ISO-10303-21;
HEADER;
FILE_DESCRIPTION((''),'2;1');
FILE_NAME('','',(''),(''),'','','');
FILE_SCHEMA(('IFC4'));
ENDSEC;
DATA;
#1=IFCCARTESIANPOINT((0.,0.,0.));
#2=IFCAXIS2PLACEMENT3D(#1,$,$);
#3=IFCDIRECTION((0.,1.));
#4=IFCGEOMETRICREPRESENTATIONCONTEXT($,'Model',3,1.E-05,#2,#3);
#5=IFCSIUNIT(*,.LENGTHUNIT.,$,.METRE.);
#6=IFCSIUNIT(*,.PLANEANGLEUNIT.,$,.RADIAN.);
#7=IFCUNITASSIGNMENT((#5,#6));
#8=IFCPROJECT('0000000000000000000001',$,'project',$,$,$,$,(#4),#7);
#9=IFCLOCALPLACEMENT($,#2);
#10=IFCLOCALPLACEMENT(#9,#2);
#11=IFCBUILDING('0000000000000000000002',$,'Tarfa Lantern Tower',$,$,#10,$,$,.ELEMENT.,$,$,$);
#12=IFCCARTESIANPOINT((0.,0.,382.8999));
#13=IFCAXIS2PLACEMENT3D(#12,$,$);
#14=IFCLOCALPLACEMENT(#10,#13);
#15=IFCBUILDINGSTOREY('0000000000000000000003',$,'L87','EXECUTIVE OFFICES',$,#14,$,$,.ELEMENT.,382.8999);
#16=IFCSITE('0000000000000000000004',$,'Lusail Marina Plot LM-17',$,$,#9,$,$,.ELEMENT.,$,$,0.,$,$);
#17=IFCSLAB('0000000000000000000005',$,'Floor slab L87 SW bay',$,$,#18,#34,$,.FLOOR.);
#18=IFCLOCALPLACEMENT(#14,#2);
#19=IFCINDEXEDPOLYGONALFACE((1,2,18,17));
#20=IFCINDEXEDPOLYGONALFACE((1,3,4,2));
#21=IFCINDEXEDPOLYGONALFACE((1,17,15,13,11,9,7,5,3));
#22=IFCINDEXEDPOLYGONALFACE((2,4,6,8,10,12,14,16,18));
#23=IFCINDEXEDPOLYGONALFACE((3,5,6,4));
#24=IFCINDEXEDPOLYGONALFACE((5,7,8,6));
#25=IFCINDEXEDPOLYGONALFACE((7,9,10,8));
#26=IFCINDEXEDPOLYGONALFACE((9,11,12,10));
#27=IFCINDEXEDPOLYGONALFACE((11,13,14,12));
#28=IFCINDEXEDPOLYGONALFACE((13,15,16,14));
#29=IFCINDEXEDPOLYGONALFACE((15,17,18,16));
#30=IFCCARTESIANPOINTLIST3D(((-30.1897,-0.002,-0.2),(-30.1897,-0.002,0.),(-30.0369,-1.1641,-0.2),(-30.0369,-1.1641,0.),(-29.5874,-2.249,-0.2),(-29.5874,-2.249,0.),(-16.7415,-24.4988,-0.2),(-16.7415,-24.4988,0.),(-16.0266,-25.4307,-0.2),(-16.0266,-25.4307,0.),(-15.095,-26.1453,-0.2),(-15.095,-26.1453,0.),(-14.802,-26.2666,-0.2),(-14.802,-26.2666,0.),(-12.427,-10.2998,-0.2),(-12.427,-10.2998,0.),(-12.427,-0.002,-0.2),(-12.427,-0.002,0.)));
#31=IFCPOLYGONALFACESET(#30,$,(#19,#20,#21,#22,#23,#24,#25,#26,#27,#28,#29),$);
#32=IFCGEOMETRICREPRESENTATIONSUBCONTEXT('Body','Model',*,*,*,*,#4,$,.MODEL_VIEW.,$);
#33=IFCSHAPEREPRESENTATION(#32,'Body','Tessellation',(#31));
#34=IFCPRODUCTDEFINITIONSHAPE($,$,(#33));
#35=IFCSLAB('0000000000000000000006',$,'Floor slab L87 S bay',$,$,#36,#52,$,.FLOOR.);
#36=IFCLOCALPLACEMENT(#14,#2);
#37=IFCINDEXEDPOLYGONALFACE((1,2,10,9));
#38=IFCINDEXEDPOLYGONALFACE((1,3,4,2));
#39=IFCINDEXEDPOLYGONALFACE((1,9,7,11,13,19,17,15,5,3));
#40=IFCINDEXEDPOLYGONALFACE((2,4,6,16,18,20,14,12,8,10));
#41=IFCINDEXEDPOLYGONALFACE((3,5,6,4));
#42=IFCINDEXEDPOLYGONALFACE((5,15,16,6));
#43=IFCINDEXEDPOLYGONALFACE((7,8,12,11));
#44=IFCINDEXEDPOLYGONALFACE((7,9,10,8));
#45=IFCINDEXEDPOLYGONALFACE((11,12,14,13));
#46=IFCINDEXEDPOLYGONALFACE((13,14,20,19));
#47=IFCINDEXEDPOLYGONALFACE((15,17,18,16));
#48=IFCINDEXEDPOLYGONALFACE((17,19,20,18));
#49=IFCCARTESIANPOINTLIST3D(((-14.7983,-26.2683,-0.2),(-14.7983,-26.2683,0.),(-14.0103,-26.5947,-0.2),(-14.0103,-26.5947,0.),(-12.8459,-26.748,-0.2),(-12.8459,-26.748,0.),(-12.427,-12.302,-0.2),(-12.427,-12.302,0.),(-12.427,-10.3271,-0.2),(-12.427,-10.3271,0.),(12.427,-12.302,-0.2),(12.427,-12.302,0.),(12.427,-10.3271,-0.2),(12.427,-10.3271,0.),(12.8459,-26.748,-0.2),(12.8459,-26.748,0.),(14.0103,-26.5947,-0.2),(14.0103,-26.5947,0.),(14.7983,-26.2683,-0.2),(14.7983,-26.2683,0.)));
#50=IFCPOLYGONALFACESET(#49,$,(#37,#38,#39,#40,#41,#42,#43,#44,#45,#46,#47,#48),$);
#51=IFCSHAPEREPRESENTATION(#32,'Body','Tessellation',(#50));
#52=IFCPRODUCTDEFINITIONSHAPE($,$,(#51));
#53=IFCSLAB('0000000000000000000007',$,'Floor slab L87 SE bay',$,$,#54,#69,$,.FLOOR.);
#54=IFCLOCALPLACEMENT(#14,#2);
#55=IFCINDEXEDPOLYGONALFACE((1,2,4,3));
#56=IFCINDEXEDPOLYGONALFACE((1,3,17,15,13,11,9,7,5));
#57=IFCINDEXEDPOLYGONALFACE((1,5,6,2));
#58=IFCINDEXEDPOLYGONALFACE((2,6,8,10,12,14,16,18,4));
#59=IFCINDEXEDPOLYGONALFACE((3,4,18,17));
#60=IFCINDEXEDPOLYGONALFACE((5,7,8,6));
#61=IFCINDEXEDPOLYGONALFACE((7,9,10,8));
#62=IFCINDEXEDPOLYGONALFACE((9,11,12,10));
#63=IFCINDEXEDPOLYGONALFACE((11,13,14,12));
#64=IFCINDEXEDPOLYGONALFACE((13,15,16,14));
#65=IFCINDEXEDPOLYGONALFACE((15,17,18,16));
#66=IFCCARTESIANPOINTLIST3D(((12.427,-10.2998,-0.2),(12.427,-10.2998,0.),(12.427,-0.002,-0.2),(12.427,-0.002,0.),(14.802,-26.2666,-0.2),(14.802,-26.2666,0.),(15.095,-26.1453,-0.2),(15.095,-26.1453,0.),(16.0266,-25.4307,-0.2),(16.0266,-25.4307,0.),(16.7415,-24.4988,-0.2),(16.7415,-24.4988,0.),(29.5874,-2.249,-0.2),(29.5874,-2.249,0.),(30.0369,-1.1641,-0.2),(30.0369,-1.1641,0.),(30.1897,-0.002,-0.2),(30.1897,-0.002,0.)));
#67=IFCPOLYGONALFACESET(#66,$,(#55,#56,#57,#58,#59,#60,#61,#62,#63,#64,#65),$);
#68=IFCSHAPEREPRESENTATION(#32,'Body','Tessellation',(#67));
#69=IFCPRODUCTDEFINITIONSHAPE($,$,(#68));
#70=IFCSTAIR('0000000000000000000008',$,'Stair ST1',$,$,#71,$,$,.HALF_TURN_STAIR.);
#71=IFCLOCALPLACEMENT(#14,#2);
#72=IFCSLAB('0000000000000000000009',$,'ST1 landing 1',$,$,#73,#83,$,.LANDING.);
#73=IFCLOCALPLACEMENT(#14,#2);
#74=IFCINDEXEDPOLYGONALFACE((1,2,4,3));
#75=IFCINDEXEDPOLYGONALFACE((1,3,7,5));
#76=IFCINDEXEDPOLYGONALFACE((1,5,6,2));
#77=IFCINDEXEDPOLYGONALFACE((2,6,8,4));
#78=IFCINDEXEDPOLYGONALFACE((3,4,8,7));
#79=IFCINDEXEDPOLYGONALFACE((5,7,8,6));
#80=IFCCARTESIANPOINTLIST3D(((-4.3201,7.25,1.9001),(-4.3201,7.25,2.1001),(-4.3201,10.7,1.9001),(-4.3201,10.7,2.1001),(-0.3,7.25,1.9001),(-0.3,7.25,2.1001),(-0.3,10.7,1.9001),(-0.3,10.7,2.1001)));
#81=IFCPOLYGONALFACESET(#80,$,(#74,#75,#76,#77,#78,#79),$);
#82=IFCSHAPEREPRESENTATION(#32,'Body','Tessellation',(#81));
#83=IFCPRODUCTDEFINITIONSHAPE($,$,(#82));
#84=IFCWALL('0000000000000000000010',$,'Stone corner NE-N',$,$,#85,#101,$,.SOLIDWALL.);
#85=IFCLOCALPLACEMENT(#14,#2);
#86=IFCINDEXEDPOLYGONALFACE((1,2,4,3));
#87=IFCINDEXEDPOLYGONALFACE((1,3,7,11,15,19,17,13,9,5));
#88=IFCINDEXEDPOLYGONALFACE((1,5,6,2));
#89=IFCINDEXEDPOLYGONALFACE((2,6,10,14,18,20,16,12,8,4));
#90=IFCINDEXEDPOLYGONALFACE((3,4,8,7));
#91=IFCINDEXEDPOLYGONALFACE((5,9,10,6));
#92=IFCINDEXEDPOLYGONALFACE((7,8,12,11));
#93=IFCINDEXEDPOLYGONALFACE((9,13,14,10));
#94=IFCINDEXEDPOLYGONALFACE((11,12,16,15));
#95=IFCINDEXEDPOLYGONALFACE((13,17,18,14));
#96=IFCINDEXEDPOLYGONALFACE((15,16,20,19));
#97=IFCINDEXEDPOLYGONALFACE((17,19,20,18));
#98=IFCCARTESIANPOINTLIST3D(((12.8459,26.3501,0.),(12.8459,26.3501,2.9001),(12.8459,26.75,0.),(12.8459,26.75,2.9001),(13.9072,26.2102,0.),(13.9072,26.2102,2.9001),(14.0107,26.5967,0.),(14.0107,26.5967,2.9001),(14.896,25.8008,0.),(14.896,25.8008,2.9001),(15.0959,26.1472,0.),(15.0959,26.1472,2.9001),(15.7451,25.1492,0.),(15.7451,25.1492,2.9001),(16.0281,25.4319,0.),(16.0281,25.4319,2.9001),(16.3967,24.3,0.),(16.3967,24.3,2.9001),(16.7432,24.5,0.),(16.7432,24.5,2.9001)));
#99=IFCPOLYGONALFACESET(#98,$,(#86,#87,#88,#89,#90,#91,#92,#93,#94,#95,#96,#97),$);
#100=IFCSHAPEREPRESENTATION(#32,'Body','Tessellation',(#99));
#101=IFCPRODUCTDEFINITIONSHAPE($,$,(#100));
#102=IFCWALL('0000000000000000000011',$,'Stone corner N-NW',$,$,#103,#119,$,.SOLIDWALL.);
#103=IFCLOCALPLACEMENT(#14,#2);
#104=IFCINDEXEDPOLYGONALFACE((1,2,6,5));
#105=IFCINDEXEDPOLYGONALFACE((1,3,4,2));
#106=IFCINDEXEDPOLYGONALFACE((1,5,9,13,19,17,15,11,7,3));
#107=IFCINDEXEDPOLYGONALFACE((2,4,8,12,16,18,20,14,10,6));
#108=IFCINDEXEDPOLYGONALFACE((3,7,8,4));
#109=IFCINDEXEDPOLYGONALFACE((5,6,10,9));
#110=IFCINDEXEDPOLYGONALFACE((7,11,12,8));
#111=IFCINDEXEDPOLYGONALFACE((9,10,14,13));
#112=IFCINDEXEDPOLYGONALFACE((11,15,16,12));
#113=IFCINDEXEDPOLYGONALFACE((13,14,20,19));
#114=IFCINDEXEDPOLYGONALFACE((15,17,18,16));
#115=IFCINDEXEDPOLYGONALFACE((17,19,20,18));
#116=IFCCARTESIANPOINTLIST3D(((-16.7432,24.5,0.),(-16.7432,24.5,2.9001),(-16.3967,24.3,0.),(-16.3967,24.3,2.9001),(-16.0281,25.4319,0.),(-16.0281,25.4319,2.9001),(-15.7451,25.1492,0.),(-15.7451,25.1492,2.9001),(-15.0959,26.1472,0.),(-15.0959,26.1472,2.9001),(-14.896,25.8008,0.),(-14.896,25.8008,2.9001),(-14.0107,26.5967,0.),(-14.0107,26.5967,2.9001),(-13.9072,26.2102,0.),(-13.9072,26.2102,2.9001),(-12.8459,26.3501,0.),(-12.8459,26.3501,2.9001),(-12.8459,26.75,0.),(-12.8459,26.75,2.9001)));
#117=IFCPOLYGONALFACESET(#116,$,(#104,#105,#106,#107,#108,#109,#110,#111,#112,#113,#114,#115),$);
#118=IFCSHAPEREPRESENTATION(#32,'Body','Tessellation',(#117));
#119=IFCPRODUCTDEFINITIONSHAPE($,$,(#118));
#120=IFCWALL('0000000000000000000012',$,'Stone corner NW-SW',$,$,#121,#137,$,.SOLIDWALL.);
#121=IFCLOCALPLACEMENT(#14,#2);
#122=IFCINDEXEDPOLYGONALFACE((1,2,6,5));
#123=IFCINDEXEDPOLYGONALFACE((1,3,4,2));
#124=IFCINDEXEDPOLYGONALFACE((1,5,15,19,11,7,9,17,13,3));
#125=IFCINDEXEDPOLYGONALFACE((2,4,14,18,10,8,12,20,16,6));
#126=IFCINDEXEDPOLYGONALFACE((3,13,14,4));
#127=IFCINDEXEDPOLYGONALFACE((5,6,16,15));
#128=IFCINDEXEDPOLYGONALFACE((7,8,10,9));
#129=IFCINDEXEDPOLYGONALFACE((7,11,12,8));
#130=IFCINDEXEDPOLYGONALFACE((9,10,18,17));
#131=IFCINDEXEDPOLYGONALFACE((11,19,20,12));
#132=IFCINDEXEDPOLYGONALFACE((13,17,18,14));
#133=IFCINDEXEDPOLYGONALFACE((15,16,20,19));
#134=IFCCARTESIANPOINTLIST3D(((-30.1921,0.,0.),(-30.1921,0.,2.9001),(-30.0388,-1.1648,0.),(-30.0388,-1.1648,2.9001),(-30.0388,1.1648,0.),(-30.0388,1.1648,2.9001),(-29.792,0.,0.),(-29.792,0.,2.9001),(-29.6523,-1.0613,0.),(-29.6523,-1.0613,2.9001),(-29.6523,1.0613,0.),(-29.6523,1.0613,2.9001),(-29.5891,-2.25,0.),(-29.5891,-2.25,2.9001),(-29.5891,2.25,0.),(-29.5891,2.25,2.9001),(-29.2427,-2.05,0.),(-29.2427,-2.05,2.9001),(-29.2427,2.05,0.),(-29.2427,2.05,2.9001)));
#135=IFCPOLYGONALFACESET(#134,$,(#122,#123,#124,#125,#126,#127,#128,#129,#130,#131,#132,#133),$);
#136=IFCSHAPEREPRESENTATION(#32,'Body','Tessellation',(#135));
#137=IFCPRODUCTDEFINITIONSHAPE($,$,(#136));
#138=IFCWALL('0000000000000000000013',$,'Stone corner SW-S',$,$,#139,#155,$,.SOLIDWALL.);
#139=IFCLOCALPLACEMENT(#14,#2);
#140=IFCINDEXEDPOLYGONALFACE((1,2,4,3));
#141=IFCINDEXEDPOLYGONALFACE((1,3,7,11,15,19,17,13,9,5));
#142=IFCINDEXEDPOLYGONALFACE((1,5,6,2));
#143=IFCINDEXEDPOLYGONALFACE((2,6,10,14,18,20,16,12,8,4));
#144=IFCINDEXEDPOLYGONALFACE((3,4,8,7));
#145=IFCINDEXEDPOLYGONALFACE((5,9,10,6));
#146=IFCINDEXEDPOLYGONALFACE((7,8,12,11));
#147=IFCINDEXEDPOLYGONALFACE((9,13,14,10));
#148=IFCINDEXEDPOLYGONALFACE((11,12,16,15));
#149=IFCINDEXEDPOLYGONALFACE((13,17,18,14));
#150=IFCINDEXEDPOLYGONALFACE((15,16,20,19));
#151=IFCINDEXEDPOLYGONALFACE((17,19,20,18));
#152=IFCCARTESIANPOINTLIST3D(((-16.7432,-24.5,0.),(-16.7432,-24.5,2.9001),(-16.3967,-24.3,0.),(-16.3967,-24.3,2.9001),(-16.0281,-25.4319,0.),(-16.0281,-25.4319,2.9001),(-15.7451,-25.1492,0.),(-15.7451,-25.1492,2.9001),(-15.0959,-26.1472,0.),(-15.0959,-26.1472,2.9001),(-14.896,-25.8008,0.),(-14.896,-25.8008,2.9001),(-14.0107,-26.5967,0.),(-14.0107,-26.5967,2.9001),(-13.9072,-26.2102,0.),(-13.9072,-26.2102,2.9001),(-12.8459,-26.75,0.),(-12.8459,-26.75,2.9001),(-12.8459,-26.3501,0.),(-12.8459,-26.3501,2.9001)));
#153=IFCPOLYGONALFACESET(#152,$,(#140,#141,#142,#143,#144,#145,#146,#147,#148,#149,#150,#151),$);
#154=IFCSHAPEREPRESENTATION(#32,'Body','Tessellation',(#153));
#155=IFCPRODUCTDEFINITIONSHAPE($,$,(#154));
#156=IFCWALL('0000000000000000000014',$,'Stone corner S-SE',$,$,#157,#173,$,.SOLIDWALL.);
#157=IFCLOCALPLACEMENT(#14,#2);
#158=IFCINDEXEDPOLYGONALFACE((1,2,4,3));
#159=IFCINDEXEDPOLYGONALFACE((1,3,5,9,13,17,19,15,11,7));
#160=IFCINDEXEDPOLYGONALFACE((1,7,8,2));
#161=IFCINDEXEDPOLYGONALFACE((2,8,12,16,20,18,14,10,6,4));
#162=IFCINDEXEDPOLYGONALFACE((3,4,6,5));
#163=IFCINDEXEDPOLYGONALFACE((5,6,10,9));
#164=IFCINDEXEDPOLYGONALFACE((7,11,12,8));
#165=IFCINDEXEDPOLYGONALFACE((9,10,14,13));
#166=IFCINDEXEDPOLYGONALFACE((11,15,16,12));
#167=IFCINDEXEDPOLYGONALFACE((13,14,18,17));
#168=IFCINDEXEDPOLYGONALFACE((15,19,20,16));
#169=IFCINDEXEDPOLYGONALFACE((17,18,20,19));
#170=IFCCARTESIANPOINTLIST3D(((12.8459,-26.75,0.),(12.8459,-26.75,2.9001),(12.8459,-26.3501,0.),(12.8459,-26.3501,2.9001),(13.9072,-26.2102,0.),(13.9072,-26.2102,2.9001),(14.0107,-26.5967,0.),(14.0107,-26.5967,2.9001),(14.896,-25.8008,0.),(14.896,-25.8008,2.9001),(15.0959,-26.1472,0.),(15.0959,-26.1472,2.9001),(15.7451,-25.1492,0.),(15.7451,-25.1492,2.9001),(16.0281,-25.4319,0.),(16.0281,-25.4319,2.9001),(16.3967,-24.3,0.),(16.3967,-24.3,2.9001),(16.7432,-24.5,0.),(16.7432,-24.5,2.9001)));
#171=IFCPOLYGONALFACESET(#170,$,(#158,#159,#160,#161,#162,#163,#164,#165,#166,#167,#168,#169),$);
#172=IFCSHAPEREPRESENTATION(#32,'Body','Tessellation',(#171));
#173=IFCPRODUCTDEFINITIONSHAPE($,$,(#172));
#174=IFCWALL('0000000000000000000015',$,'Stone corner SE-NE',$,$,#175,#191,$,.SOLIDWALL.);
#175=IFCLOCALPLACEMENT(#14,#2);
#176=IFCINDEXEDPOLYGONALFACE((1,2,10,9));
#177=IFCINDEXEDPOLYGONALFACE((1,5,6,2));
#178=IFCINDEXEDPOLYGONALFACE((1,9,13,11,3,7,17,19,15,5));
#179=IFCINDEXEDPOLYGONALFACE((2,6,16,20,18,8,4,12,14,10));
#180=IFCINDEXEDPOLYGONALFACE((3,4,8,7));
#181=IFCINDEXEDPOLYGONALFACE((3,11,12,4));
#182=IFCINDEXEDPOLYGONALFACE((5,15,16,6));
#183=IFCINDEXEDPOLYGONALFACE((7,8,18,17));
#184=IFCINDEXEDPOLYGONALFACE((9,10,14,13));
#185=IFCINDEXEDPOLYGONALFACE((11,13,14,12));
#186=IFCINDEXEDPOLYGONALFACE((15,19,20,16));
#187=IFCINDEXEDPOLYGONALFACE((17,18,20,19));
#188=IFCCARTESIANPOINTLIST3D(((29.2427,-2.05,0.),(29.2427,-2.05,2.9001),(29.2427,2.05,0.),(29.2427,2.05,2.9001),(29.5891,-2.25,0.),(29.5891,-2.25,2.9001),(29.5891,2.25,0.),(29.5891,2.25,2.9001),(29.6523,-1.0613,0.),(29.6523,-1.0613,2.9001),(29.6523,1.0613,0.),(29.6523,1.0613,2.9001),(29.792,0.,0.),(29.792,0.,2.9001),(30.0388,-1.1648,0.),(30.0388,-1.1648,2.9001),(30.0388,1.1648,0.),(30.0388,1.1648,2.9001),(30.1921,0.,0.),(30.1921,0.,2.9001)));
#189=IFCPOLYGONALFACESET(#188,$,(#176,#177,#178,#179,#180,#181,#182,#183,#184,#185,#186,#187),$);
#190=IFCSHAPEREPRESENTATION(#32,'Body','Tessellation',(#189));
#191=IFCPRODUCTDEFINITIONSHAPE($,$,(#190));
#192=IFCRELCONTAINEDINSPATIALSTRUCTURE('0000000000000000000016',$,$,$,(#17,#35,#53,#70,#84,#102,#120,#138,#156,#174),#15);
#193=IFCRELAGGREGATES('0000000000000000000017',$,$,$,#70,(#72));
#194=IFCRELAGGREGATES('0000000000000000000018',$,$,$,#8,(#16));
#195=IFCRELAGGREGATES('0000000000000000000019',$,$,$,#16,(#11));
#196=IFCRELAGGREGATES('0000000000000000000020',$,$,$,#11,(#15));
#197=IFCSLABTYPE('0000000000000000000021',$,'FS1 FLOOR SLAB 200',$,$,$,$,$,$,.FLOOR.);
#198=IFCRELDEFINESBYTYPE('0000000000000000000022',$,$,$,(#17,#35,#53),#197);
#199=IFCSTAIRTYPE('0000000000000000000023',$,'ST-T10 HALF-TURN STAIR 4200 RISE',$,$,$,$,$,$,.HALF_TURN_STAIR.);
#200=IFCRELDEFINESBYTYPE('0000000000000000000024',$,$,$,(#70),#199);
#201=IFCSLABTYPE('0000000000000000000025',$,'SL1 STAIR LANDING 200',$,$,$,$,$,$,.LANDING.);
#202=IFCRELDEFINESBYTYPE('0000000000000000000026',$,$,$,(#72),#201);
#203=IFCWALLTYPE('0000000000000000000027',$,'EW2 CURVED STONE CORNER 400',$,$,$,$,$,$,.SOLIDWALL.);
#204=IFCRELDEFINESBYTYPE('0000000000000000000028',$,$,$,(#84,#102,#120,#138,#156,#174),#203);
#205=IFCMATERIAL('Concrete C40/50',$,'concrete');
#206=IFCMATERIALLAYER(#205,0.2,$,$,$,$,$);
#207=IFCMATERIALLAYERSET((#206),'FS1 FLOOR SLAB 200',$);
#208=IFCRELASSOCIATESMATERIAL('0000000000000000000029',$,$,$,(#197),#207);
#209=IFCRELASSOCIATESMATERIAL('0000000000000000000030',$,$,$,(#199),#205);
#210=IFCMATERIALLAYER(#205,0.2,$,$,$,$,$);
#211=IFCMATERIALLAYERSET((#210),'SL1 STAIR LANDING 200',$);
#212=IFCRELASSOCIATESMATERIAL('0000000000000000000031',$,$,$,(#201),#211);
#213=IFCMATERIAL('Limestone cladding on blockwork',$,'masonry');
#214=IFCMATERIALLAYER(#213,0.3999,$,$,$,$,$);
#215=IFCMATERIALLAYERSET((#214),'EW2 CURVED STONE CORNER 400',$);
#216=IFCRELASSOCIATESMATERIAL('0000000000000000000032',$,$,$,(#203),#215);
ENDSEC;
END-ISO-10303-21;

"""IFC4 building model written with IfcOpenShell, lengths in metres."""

from ifc_helpers import new_model, si_unit, direction, frame, origin, place, context, subcontext, project, spatial, polyline, outline, extrude, material, layer, layer_set, type_object, element, aggregate, save


model = new_model("IFC4")

# Units and contexts
model_context = context("Model", 3, precision=1e-05, world=origin(), true_north=direction((0.0, 1.0)))
body_context = subcontext(model_context, "Body", "Model", "MODEL_VIEW")
ifc_project = project(units=[si_unit("LENGTHUNIT", "METRE"), si_unit("PLANEANGLEUNIT", "RADIAN")], contexts=[model_context])

# Site, building, storey
site_placement = place(None, origin())
site = spatial("IfcSite", under=ifc_project, at=site_placement, Name="Lusail Marina Plot LM-17", CompositionType="ELEMENT", RefElevation=0.0)
building_placement = place(site_placement, origin())
building = spatial("IfcBuilding", under=site, at=building_placement, Name="Tarfa Lantern Tower", CompositionType="ELEMENT")
storey_placement = place(building_placement, frame((0.0, 0.0, 382.8999)))
storey = spatial("IfcBuildingStorey", under=building, at=storey_placement, Name="L87", Description="EXECUTIVE OFFICES", CompositionType="ELEMENT", Elevation=382.8999)

# Slabs
ifc_material_1 = material(Name="Concrete C40/50", Category="concrete")
ifc_layer_1 = layer(ifc_material_1, 0.2)
ifc_layer_set_1 = layer_set([ifc_layer_1], Name="FS1 FLOOR SLAB 200")
slab_type_1 = type_object("IfcSlabType", Name="FS1 FLOOR SLAB 200", PredefinedType="FLOOR", material=ifc_layer_set_1)
slab_1_placement = place(storey_placement, frame((0.0, 0.0, -0.2)))
element("IfcSlab", 1, at=slab_1_placement, inside=storey, type_object=slab_type_1, Name="Floor slab L87 SW bay", PredefinedType="FLOOR", context=body_context, shape_type="SweptSolid", body=[
    extrude(outline(polyline([(-12.427, -10.2998), (-12.427, -0.002), (-30.1897, -0.002), (-30.0369, -1.1641), (-29.5874, -2.249), (-16.7415, -24.4988), (-16.0266, -25.4307), (-15.095, -26.1453), (-14.802, -26.2666), (-12.427, -10.2998)])), origin(), (0.0, 0.0, 1.0), 0.2),
])
slab_2_placement = place(storey_placement, frame((0.0, 0.0, -0.2)))
element("IfcSlab", 2, at=slab_2_placement, inside=storey, type_object=slab_type_1, Name="Floor slab L87 S bay", PredefinedType="FLOOR", context=body_context, shape_type="SweptSolid", body=[
    extrude(outline(polyline([(12.427, -10.3271), (12.427, -12.302), (-12.427, -12.302), (-12.427, -10.3271), (-14.7983, -26.2683), (-14.0103, -26.5947), (-12.8459, -26.748), (12.8459, -26.748), (14.0103, -26.5947), (14.7983, -26.2683), (12.427, -10.3271)])), origin(), (0.0, 0.0, 1.0), 0.2),
])
slab_3_placement = place(storey_placement, frame((0.0, 0.0, -0.2)))
element("IfcSlab", 3, at=slab_3_placement, inside=storey, type_object=slab_type_1, Name="Floor slab L87 SE bay", PredefinedType="FLOOR", context=body_context, shape_type="SweptSolid", body=[
    extrude(outline(polyline([(12.427, -0.002), (12.427, -10.2998), (14.802, -26.2666), (15.095, -26.1453), (16.0266, -25.4307), (16.7415, -24.4988), (29.5874, -2.249), (30.0369, -1.1641), (30.1897, -0.002), (12.427, -0.002)])), origin(), (0.0, 0.0, 1.0), 0.2),
])

# Stair, slab
stair_type = type_object("IfcStairType", Name="ST-T10 HALF-TURN STAIR 4200 RISE", PredefinedType="HALF_TURN_STAIR", material=ifc_material_1)
stair_placement = place(storey_placement, origin())
stair = element("IfcStair", 4, at=stair_placement, inside=storey, type_object=stair_type, Name="Stair ST1", PredefinedType="HALF_TURN_STAIR")
ifc_layer_2 = layer(ifc_material_1, 0.2)
ifc_layer_set_2 = layer_set([ifc_layer_2], Name="SL1 STAIR LANDING 200")
slab_type_2 = type_object("IfcSlabType", Name="SL1 STAIR LANDING 200", PredefinedType="LANDING", material=ifc_layer_set_2)
slab_4_placement = place(storey_placement, frame((0.0, 0.0, 1.9001)))
slab_4 = element("IfcSlab", 5, at=slab_4_placement, type_object=slab_type_2, Name="ST1 landing 1", PredefinedType="LANDING", context=body_context, shape_type="SweptSolid", body=[
    extrude(outline(polyline([(-4.3201, 7.25), (-0.3, 7.25), (-0.3, 10.7), (-4.3201, 10.7), (-4.3201, 7.25)])), origin(), (0.0, 0.0, 1.0), 0.2),
])
aggregate(stair, [slab_4])

# Walls
ifc_material_2 = material(Name="Limestone cladding on blockwork", Category="masonry")
ifc_layer_3 = layer(ifc_material_2, 0.3999)
ifc_layer_set_3 = layer_set([ifc_layer_3], Name="EW2 CURVED STONE CORNER 400")
wall_type_1 = type_object("IfcWallType", Name="EW2 CURVED STONE CORNER 400", PredefinedType="SOLIDWALL", material=ifc_layer_set_3)
wall_1_placement = place(storey_placement, origin())
element("IfcWall", 6, at=wall_1_placement, inside=storey, type_object=wall_type_1, Name="Stone corner NE-N", PredefinedType="SOLIDWALL", context=body_context, shape_type="SweptSolid", body=[
    extrude(outline(polyline([(16.7432, 24.5), (16.0281, 25.4319), (15.0959, 26.1472), (14.0107, 26.5967), (12.8459, 26.75), (12.8459, 26.3501), (13.9072, 26.2102), (14.896, 25.8008), (15.7451, 25.1492), (16.3967, 24.3), (16.7432, 24.5)])), origin(), (0.0, 0.0, 1.0), 2.9001),
])
wall_2_placement = place(storey_placement, origin())
element("IfcWall", 7, at=wall_2_placement, inside=storey, type_object=wall_type_1, Name="Stone corner N-NW", PredefinedType="SOLIDWALL", context=body_context, shape_type="SweptSolid", body=[
    extrude(outline(polyline([(-12.8459, 26.75), (-14.0107, 26.5967), (-15.0959, 26.1472), (-16.0281, 25.4319), (-16.7432, 24.5), (-16.3967, 24.3), (-15.7451, 25.1492), (-14.896, 25.8008), (-13.9072, 26.2102), (-12.8459, 26.3501), (-12.8459, 26.75)])), origin(), (0.0, 0.0, 1.0), 2.9001),
])
wall_3_placement = place(storey_placement, origin())
element("IfcWall", 8, at=wall_3_placement, inside=storey, type_object=wall_type_1, Name="Stone corner NW-SW", PredefinedType="SOLIDWALL", context=body_context, shape_type="SweptSolid", body=[
    extrude(outline(polyline([(-29.5891, 2.25), (-30.0388, 1.1648), (-30.1921, 0.0), (-30.0388, -1.1648), (-29.5891, -2.25), (-29.2427, -2.05), (-29.6523, -1.0613), (-29.792, 0.0), (-29.6523, 1.0613), (-29.2427, 2.05), (-29.5891, 2.25)])), origin(), (0.0, 0.0, 1.0), 2.9001),
])
wall_4_placement = place(storey_placement, origin())
element("IfcWall", 9, at=wall_4_placement, inside=storey, type_object=wall_type_1, Name="Stone corner SW-S", PredefinedType="SOLIDWALL", context=body_context, shape_type="SweptSolid", body=[
    extrude(outline(polyline([(-16.7432, -24.5), (-16.0281, -25.4319), (-15.0959, -26.1472), (-14.0107, -26.5967), (-12.8459, -26.75), (-12.8459, -26.3501), (-13.9072, -26.2102), (-14.896, -25.8008), (-15.7451, -25.1492), (-16.3967, -24.3), (-16.7432, -24.5)])), origin(), (0.0, 0.0, 1.0), 2.9001),
])
wall_5_placement = place(storey_placement, origin())
element("IfcWall", 10, at=wall_5_placement, inside=storey, type_object=wall_type_1, Name="Stone corner S-SE", PredefinedType="SOLIDWALL", context=body_context, shape_type="SweptSolid", body=[
    extrude(outline(polyline([(12.8459, -26.75), (14.0107, -26.5967), (15.0959, -26.1472), (16.0281, -25.4319), (16.7432, -24.5), (16.3967, -24.3), (15.7451, -25.1492), (14.896, -25.8008), (13.9072, -26.2102), (12.8459, -26.3501), (12.8459, -26.75)])), origin(), (0.0, 0.0, 1.0), 2.9001),
])
wall_6_placement = place(storey_placement, origin())
element("IfcWall", 11, at=wall_6_placement, inside=storey, type_object=wall_type_1, Name="Stone corner SE-NE", PredefinedType="SOLIDWALL", context=body_context, shape_type="SweptSolid", body=[
    extrude(outline(polyline([(29.5891, -2.25), (30.0388, -1.1648), (30.1921, 0.0), (30.0388, 1.1648), (29.5891, 2.25), (29.2427, 2.05), (29.6523, 1.0613), (29.792, 0.0), (29.6523, -1.0613), (29.2427, -2.05), (29.5891, -2.25)])), origin(), (0.0, 0.0, 1.0), 2.9001),
])

save(model, "model.ifc")
